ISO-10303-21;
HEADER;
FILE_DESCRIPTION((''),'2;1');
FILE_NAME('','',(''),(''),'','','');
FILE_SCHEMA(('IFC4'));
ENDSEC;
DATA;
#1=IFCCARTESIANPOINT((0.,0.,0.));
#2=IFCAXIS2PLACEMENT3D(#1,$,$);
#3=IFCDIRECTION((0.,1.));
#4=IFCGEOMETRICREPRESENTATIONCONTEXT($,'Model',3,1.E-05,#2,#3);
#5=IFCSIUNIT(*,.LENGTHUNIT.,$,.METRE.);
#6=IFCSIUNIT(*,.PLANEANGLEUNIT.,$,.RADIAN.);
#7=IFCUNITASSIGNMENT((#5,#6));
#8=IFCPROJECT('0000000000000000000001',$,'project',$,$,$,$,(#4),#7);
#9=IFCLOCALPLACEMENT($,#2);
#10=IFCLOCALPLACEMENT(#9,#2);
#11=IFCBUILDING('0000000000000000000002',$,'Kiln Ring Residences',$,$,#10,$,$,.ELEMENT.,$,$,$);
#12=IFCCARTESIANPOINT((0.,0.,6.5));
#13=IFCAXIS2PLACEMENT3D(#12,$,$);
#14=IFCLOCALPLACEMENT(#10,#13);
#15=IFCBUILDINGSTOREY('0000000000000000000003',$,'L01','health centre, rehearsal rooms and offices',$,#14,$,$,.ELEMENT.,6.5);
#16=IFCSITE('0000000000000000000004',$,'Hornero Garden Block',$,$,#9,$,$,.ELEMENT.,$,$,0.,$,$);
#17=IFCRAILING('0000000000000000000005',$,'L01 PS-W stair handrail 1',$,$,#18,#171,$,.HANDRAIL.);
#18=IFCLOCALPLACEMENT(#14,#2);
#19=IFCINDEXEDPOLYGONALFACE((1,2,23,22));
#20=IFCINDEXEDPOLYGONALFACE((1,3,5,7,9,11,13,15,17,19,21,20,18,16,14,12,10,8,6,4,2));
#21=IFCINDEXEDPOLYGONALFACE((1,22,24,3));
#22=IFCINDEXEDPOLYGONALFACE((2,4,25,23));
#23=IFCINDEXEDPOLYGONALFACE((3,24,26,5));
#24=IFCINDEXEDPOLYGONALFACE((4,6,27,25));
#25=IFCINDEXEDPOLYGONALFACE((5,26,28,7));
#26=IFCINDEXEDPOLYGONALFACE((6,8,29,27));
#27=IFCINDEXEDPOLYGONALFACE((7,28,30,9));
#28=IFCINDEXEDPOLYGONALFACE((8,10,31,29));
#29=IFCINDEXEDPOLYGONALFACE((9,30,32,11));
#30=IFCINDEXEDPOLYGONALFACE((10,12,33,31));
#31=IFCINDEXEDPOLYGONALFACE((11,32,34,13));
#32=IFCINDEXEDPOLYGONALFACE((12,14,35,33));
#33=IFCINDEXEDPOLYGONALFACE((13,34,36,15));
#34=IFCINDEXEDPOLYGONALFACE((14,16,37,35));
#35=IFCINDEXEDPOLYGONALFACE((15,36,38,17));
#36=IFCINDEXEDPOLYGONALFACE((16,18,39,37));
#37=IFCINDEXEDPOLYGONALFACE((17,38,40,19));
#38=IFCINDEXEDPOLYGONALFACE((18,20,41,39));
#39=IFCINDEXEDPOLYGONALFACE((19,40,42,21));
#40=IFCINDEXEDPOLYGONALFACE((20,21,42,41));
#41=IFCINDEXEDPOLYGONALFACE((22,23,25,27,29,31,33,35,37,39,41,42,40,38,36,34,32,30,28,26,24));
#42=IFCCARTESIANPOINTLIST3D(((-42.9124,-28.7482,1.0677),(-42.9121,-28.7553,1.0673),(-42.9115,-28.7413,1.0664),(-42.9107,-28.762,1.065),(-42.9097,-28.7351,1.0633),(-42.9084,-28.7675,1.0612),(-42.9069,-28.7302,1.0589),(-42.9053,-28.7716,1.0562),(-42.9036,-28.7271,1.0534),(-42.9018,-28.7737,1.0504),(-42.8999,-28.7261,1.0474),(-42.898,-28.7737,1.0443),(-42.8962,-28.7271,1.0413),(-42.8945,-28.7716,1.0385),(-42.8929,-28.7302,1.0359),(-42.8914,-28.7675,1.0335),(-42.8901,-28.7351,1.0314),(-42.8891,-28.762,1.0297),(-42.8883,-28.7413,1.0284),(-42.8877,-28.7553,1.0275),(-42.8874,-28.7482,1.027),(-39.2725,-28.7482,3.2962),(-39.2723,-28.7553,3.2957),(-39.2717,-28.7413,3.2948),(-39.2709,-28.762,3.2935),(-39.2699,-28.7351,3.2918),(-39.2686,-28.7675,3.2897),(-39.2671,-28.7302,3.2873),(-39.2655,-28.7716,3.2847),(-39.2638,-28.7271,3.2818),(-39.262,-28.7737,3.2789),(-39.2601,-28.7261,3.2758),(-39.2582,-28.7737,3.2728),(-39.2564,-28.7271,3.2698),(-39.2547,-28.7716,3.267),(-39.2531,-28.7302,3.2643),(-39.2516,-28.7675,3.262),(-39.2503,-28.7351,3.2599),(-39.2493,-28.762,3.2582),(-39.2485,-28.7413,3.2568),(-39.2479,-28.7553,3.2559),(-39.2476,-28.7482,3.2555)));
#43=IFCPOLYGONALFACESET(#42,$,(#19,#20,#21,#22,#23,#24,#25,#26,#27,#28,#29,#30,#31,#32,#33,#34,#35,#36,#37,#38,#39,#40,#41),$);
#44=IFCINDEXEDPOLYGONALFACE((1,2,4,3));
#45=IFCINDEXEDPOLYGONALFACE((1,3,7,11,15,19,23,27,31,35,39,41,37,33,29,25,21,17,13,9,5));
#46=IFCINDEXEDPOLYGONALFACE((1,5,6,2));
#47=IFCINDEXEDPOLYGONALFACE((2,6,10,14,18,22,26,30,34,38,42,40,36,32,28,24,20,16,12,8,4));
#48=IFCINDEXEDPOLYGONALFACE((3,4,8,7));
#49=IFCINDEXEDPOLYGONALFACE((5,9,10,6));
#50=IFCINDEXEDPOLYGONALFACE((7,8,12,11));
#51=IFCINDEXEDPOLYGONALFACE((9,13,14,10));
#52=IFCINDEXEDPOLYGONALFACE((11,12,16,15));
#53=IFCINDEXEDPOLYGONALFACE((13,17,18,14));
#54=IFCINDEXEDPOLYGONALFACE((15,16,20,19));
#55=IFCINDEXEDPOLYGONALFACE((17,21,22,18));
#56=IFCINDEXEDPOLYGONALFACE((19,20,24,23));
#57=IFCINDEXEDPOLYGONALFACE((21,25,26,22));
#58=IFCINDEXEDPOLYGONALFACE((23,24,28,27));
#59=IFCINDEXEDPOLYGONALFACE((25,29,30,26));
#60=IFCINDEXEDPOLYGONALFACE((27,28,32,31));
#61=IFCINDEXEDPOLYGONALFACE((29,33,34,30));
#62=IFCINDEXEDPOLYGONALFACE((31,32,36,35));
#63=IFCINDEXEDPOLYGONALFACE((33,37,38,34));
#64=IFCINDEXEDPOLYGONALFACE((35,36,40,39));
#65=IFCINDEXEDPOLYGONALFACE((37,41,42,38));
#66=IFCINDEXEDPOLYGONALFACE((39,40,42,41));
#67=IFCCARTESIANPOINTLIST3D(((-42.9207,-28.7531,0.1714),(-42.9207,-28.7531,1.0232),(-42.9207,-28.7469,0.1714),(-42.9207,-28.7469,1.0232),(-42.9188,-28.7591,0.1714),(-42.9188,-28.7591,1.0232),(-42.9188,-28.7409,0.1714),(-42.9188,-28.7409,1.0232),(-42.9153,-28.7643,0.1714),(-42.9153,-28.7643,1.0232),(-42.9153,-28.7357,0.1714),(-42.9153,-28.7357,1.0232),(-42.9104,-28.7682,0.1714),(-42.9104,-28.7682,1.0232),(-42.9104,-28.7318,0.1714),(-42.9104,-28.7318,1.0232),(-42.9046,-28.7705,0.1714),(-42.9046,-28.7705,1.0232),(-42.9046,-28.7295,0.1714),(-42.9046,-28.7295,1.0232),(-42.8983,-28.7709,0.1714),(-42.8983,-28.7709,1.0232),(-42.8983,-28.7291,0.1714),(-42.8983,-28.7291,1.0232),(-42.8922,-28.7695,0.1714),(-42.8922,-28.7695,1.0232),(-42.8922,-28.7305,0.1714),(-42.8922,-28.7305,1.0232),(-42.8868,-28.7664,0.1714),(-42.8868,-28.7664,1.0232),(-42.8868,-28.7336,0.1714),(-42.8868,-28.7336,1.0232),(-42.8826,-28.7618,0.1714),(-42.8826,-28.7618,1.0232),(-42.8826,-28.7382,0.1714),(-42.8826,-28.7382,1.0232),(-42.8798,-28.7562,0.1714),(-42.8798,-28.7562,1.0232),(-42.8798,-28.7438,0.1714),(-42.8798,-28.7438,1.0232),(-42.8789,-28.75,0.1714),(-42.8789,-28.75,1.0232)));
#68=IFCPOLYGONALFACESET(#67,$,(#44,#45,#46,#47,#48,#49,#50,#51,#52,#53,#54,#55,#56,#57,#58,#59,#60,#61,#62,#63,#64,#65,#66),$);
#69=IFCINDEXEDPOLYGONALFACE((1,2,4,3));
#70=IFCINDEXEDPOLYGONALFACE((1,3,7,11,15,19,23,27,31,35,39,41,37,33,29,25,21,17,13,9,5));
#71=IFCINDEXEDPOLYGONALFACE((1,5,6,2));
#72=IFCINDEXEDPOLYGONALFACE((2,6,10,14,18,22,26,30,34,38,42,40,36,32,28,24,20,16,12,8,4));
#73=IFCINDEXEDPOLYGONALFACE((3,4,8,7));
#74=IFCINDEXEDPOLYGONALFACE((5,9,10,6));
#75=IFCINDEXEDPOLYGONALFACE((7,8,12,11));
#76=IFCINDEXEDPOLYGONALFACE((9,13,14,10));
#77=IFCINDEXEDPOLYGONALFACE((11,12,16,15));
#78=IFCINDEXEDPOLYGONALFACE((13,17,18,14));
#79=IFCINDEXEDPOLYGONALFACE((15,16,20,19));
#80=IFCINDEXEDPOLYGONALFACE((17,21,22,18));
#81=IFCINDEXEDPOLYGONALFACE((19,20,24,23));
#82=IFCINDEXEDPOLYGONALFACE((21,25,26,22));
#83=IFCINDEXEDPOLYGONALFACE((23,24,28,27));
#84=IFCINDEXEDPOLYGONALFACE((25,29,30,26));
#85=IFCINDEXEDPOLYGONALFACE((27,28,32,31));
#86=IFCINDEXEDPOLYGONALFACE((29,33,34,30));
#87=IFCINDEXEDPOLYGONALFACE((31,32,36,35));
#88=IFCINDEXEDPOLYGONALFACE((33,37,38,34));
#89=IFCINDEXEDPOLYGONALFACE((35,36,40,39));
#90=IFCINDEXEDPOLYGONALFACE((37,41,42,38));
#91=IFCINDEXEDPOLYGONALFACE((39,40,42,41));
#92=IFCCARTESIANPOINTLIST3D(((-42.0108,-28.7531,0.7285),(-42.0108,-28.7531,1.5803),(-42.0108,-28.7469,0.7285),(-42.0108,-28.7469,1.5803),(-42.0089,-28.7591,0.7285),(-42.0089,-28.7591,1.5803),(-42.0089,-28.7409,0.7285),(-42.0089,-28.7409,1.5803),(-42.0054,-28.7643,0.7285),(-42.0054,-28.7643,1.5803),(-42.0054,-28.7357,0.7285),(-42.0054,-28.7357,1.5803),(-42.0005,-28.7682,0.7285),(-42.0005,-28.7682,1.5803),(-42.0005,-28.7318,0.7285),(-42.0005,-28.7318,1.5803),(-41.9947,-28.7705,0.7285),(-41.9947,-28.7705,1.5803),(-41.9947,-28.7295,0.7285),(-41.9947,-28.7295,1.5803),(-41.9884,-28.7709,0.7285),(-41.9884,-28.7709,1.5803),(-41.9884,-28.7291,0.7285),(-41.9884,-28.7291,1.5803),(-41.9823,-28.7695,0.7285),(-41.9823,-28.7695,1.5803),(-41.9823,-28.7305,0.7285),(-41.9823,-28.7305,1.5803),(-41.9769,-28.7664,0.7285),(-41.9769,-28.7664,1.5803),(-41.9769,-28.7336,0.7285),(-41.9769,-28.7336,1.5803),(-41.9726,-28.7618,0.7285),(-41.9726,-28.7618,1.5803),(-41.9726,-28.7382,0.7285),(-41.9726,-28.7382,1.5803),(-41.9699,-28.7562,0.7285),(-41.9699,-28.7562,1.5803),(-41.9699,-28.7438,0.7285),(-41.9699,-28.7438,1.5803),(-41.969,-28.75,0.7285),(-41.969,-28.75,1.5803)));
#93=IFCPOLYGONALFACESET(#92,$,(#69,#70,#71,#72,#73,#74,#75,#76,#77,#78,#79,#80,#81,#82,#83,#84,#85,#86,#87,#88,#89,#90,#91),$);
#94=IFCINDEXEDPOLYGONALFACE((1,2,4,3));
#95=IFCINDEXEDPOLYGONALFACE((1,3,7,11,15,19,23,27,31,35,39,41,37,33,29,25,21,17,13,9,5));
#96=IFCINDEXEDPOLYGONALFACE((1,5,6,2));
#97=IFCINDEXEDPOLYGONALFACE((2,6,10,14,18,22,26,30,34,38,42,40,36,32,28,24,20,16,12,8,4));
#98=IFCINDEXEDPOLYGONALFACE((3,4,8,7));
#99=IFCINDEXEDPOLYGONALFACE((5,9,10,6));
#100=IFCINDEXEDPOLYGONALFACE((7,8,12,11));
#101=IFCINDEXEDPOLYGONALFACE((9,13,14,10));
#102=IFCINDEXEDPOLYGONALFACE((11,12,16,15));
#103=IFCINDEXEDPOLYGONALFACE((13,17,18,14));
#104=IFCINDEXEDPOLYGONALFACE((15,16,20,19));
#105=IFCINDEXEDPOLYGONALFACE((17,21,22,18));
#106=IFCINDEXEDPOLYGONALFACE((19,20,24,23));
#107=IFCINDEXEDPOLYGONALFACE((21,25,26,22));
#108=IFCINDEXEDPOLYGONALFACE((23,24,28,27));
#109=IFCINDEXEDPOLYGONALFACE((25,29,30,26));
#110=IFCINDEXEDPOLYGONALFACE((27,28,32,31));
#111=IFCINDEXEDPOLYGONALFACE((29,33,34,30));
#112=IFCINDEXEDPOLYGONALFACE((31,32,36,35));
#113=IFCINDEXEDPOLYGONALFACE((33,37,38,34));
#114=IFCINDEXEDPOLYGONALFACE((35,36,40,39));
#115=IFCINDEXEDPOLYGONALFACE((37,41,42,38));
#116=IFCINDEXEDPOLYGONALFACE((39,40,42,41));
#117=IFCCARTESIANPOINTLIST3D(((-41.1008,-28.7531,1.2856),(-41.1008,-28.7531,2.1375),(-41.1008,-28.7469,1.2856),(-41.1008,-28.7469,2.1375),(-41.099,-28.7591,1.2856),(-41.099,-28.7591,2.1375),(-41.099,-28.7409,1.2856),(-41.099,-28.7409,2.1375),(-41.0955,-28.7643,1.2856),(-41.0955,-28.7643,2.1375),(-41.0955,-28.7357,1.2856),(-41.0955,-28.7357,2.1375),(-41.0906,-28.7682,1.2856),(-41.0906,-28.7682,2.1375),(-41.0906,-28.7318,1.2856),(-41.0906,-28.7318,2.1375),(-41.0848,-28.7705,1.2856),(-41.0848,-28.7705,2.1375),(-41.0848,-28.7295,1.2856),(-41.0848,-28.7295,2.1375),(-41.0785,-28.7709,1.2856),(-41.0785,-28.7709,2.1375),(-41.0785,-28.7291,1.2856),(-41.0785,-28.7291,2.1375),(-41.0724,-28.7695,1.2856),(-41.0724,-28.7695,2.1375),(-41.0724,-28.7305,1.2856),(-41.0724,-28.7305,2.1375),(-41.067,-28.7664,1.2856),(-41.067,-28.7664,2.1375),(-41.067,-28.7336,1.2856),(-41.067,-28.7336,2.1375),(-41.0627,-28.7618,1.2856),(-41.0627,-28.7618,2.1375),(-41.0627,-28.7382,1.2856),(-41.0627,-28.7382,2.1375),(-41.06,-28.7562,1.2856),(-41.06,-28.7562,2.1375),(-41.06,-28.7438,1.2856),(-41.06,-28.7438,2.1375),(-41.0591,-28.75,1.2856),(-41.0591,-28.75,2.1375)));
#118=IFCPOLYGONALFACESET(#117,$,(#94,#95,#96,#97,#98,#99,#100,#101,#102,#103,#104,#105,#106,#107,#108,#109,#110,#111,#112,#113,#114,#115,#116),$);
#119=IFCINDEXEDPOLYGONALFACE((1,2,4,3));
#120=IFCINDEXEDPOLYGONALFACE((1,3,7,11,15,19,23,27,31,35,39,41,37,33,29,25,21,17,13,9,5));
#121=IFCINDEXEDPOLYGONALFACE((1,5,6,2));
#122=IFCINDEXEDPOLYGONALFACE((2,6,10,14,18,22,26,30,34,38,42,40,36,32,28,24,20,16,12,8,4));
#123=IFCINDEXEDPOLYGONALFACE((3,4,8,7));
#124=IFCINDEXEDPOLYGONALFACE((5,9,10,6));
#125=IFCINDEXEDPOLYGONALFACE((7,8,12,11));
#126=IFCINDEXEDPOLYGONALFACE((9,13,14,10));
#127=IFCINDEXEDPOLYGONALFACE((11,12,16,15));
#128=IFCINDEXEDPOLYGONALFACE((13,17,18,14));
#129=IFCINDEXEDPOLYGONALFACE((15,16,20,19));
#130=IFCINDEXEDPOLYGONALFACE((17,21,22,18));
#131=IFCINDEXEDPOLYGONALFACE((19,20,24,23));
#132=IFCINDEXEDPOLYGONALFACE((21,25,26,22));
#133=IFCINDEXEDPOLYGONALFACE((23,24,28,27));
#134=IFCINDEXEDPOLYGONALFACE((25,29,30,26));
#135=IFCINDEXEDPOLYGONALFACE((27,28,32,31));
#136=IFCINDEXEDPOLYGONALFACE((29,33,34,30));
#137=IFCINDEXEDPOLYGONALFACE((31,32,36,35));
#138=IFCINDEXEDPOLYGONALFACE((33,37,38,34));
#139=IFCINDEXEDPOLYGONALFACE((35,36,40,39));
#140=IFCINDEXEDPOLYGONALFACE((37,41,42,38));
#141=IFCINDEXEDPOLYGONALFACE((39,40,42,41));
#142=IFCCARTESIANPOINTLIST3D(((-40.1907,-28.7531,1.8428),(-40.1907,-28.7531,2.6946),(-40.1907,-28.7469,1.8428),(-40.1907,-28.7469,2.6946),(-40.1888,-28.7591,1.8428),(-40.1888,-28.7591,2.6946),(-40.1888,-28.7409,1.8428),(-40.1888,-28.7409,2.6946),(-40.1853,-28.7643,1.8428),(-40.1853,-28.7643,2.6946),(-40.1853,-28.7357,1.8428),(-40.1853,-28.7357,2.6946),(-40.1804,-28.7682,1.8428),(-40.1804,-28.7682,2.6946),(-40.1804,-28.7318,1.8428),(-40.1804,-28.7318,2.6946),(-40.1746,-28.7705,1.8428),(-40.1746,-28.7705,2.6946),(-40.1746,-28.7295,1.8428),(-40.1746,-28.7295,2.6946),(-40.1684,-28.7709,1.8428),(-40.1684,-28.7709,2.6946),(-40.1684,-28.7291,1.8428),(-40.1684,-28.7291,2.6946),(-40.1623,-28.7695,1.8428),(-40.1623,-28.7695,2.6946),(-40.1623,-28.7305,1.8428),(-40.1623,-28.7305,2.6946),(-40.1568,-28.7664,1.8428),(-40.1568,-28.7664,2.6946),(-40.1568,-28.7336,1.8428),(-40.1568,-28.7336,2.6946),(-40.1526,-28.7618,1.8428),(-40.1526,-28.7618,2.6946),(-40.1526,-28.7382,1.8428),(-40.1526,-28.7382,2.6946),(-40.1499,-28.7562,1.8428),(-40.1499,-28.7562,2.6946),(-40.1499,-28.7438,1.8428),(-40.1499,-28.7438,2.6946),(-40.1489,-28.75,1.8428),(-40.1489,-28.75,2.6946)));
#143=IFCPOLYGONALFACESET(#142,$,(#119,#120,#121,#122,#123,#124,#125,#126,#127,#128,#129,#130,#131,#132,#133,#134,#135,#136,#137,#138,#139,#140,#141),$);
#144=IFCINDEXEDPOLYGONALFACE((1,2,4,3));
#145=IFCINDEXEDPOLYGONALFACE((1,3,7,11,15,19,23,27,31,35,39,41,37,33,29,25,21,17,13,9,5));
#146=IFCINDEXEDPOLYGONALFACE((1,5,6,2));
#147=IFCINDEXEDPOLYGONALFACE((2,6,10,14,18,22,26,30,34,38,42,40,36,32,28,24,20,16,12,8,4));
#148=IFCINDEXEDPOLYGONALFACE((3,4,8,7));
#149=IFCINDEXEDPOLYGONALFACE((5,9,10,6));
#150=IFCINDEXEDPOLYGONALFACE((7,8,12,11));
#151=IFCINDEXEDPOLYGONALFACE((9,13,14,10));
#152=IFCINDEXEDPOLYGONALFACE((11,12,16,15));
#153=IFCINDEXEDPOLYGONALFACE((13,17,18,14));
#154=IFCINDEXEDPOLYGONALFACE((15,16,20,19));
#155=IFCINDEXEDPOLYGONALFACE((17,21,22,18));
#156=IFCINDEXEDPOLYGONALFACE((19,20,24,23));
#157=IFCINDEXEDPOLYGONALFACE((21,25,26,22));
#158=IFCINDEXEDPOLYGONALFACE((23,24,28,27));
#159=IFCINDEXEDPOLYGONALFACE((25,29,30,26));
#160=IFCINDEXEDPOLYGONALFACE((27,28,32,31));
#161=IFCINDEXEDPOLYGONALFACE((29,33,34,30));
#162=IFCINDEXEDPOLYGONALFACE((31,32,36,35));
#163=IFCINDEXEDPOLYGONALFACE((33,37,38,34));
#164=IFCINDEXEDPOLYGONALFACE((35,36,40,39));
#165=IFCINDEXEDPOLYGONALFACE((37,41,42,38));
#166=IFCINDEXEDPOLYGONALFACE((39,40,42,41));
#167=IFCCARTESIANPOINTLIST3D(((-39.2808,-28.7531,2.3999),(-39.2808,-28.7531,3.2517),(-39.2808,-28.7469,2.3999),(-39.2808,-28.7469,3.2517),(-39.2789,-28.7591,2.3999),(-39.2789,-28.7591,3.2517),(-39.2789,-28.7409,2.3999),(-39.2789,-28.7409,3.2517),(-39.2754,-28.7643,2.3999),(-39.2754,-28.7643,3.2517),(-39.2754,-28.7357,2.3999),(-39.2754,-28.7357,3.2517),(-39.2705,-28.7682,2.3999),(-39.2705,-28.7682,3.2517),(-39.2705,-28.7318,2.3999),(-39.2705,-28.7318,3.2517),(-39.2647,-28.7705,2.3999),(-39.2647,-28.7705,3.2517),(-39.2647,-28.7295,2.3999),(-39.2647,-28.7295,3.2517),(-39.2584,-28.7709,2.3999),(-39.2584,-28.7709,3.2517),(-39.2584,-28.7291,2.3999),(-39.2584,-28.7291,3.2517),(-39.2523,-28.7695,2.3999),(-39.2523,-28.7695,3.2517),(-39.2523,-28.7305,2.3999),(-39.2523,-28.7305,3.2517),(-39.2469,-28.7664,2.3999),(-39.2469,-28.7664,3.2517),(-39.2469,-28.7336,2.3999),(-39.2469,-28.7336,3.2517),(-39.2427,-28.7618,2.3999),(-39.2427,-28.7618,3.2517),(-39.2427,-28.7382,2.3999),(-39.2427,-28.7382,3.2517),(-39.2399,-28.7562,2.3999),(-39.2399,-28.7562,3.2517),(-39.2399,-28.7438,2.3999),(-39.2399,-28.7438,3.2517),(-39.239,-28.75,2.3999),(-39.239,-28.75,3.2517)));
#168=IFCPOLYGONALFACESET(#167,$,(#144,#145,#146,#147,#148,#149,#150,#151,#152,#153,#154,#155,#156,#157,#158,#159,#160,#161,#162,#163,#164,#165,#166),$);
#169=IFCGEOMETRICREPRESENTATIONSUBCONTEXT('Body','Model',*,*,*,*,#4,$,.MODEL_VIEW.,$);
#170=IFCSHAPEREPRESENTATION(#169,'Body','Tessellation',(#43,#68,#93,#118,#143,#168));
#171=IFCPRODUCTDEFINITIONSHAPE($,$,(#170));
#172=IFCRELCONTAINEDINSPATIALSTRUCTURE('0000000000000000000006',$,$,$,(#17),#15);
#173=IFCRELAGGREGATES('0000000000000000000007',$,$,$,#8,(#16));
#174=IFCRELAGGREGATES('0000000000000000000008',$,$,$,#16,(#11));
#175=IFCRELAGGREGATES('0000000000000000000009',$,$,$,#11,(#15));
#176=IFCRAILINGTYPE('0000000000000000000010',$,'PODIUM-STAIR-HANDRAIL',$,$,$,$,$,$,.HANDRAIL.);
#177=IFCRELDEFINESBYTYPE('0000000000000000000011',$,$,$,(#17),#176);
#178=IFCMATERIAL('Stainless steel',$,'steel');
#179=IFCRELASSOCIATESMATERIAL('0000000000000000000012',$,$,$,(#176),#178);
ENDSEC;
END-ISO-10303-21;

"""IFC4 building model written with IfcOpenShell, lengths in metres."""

from ifc_helpers import new_model, si_unit, direction, frame, origin, origin_2d, place, context, subcontext, project, spatial, circle, extrude, material, type_object, element, save


model = new_model("IFC4")

# Units and contexts
model_context = context("Model", 3, precision=1e-05, world=origin(), true_north=direction((0.0, 1.0)))
body_context = subcontext(model_context, "Body", "Model", "MODEL_VIEW")
ifc_project = project(units=[si_unit("LENGTHUNIT", "METRE"), si_unit("PLANEANGLEUNIT", "RADIAN")], contexts=[model_context])

# Site, building, storey
site_placement = place(None, origin())
site = spatial("IfcSite", under=ifc_project, at=site_placement, Name="Hornero Garden Block", CompositionType="ELEMENT", RefElevation=0.0)
building_placement = place(site_placement, origin())
building = spatial("IfcBuilding", under=site, at=building_placement, Name="Kiln Ring Residences", CompositionType="ELEMENT")
storey_placement = place(building_placement, frame((0.0, 0.0, 6.5)))
storey = spatial("IfcBuildingStorey", under=building, at=storey_placement, Name="L01", Description="health centre, rehearsal rooms and offices", CompositionType="ELEMENT", Elevation=6.5)

# Railing
ifc_material_1 = material(Name="Stainless steel", Category="steel")
railing_type_1 = type_object("IfcRailingType", Name="PODIUM-STAIR-HANDRAIL", PredefinedType="HANDRAIL", material=ifc_material_1)
railing_1_placement = place(storey_placement, frame((-42.8999, -28.75, 0.1714)))
element("IfcRailing", 1, at=railing_1_placement, inside=storey, type_object=railing_type_1, Name="L01 PS-W stair handrail 1", PredefinedType="HANDRAIL", context=body_context, shape_type="SweptSolid", body=[
    extrude(circle(Radius=0.0239, at=origin_2d()), frame((0.0, 0.0, 0.876), z_axis=(0.85285, 0.0, 0.522156), x_axis=(0.0, 1.0, 0.0)), (0.0, 0.0, 1.0), 4.2678),
    extrude(circle(Radius=0.021, at=origin_2d()), origin(), (0.0, 0.0, 1.0), 0.8518),
    extrude(circle(Radius=0.021, at=origin_2d()), frame((0.9099, 0.0, 0.5571)), (0.0, 0.0, 1.0), 0.8518),
    extrude(circle(Radius=0.021, at=origin_2d()), frame((1.8198, 0.0, 1.1143)), (0.0, 0.0, 1.0), 0.8518),
    extrude(circle(Radius=0.021, at=origin_2d()), frame((2.73, 0.0, 1.6714)), (0.0, 0.0, 1.0), 0.8518),
    extrude(circle(Radius=0.021, at=origin_2d()), frame((3.6399, 0.0, 2.2285)), (0.0, 0.0, 1.0), 0.8518),
])

save(model, "model.ifc")
